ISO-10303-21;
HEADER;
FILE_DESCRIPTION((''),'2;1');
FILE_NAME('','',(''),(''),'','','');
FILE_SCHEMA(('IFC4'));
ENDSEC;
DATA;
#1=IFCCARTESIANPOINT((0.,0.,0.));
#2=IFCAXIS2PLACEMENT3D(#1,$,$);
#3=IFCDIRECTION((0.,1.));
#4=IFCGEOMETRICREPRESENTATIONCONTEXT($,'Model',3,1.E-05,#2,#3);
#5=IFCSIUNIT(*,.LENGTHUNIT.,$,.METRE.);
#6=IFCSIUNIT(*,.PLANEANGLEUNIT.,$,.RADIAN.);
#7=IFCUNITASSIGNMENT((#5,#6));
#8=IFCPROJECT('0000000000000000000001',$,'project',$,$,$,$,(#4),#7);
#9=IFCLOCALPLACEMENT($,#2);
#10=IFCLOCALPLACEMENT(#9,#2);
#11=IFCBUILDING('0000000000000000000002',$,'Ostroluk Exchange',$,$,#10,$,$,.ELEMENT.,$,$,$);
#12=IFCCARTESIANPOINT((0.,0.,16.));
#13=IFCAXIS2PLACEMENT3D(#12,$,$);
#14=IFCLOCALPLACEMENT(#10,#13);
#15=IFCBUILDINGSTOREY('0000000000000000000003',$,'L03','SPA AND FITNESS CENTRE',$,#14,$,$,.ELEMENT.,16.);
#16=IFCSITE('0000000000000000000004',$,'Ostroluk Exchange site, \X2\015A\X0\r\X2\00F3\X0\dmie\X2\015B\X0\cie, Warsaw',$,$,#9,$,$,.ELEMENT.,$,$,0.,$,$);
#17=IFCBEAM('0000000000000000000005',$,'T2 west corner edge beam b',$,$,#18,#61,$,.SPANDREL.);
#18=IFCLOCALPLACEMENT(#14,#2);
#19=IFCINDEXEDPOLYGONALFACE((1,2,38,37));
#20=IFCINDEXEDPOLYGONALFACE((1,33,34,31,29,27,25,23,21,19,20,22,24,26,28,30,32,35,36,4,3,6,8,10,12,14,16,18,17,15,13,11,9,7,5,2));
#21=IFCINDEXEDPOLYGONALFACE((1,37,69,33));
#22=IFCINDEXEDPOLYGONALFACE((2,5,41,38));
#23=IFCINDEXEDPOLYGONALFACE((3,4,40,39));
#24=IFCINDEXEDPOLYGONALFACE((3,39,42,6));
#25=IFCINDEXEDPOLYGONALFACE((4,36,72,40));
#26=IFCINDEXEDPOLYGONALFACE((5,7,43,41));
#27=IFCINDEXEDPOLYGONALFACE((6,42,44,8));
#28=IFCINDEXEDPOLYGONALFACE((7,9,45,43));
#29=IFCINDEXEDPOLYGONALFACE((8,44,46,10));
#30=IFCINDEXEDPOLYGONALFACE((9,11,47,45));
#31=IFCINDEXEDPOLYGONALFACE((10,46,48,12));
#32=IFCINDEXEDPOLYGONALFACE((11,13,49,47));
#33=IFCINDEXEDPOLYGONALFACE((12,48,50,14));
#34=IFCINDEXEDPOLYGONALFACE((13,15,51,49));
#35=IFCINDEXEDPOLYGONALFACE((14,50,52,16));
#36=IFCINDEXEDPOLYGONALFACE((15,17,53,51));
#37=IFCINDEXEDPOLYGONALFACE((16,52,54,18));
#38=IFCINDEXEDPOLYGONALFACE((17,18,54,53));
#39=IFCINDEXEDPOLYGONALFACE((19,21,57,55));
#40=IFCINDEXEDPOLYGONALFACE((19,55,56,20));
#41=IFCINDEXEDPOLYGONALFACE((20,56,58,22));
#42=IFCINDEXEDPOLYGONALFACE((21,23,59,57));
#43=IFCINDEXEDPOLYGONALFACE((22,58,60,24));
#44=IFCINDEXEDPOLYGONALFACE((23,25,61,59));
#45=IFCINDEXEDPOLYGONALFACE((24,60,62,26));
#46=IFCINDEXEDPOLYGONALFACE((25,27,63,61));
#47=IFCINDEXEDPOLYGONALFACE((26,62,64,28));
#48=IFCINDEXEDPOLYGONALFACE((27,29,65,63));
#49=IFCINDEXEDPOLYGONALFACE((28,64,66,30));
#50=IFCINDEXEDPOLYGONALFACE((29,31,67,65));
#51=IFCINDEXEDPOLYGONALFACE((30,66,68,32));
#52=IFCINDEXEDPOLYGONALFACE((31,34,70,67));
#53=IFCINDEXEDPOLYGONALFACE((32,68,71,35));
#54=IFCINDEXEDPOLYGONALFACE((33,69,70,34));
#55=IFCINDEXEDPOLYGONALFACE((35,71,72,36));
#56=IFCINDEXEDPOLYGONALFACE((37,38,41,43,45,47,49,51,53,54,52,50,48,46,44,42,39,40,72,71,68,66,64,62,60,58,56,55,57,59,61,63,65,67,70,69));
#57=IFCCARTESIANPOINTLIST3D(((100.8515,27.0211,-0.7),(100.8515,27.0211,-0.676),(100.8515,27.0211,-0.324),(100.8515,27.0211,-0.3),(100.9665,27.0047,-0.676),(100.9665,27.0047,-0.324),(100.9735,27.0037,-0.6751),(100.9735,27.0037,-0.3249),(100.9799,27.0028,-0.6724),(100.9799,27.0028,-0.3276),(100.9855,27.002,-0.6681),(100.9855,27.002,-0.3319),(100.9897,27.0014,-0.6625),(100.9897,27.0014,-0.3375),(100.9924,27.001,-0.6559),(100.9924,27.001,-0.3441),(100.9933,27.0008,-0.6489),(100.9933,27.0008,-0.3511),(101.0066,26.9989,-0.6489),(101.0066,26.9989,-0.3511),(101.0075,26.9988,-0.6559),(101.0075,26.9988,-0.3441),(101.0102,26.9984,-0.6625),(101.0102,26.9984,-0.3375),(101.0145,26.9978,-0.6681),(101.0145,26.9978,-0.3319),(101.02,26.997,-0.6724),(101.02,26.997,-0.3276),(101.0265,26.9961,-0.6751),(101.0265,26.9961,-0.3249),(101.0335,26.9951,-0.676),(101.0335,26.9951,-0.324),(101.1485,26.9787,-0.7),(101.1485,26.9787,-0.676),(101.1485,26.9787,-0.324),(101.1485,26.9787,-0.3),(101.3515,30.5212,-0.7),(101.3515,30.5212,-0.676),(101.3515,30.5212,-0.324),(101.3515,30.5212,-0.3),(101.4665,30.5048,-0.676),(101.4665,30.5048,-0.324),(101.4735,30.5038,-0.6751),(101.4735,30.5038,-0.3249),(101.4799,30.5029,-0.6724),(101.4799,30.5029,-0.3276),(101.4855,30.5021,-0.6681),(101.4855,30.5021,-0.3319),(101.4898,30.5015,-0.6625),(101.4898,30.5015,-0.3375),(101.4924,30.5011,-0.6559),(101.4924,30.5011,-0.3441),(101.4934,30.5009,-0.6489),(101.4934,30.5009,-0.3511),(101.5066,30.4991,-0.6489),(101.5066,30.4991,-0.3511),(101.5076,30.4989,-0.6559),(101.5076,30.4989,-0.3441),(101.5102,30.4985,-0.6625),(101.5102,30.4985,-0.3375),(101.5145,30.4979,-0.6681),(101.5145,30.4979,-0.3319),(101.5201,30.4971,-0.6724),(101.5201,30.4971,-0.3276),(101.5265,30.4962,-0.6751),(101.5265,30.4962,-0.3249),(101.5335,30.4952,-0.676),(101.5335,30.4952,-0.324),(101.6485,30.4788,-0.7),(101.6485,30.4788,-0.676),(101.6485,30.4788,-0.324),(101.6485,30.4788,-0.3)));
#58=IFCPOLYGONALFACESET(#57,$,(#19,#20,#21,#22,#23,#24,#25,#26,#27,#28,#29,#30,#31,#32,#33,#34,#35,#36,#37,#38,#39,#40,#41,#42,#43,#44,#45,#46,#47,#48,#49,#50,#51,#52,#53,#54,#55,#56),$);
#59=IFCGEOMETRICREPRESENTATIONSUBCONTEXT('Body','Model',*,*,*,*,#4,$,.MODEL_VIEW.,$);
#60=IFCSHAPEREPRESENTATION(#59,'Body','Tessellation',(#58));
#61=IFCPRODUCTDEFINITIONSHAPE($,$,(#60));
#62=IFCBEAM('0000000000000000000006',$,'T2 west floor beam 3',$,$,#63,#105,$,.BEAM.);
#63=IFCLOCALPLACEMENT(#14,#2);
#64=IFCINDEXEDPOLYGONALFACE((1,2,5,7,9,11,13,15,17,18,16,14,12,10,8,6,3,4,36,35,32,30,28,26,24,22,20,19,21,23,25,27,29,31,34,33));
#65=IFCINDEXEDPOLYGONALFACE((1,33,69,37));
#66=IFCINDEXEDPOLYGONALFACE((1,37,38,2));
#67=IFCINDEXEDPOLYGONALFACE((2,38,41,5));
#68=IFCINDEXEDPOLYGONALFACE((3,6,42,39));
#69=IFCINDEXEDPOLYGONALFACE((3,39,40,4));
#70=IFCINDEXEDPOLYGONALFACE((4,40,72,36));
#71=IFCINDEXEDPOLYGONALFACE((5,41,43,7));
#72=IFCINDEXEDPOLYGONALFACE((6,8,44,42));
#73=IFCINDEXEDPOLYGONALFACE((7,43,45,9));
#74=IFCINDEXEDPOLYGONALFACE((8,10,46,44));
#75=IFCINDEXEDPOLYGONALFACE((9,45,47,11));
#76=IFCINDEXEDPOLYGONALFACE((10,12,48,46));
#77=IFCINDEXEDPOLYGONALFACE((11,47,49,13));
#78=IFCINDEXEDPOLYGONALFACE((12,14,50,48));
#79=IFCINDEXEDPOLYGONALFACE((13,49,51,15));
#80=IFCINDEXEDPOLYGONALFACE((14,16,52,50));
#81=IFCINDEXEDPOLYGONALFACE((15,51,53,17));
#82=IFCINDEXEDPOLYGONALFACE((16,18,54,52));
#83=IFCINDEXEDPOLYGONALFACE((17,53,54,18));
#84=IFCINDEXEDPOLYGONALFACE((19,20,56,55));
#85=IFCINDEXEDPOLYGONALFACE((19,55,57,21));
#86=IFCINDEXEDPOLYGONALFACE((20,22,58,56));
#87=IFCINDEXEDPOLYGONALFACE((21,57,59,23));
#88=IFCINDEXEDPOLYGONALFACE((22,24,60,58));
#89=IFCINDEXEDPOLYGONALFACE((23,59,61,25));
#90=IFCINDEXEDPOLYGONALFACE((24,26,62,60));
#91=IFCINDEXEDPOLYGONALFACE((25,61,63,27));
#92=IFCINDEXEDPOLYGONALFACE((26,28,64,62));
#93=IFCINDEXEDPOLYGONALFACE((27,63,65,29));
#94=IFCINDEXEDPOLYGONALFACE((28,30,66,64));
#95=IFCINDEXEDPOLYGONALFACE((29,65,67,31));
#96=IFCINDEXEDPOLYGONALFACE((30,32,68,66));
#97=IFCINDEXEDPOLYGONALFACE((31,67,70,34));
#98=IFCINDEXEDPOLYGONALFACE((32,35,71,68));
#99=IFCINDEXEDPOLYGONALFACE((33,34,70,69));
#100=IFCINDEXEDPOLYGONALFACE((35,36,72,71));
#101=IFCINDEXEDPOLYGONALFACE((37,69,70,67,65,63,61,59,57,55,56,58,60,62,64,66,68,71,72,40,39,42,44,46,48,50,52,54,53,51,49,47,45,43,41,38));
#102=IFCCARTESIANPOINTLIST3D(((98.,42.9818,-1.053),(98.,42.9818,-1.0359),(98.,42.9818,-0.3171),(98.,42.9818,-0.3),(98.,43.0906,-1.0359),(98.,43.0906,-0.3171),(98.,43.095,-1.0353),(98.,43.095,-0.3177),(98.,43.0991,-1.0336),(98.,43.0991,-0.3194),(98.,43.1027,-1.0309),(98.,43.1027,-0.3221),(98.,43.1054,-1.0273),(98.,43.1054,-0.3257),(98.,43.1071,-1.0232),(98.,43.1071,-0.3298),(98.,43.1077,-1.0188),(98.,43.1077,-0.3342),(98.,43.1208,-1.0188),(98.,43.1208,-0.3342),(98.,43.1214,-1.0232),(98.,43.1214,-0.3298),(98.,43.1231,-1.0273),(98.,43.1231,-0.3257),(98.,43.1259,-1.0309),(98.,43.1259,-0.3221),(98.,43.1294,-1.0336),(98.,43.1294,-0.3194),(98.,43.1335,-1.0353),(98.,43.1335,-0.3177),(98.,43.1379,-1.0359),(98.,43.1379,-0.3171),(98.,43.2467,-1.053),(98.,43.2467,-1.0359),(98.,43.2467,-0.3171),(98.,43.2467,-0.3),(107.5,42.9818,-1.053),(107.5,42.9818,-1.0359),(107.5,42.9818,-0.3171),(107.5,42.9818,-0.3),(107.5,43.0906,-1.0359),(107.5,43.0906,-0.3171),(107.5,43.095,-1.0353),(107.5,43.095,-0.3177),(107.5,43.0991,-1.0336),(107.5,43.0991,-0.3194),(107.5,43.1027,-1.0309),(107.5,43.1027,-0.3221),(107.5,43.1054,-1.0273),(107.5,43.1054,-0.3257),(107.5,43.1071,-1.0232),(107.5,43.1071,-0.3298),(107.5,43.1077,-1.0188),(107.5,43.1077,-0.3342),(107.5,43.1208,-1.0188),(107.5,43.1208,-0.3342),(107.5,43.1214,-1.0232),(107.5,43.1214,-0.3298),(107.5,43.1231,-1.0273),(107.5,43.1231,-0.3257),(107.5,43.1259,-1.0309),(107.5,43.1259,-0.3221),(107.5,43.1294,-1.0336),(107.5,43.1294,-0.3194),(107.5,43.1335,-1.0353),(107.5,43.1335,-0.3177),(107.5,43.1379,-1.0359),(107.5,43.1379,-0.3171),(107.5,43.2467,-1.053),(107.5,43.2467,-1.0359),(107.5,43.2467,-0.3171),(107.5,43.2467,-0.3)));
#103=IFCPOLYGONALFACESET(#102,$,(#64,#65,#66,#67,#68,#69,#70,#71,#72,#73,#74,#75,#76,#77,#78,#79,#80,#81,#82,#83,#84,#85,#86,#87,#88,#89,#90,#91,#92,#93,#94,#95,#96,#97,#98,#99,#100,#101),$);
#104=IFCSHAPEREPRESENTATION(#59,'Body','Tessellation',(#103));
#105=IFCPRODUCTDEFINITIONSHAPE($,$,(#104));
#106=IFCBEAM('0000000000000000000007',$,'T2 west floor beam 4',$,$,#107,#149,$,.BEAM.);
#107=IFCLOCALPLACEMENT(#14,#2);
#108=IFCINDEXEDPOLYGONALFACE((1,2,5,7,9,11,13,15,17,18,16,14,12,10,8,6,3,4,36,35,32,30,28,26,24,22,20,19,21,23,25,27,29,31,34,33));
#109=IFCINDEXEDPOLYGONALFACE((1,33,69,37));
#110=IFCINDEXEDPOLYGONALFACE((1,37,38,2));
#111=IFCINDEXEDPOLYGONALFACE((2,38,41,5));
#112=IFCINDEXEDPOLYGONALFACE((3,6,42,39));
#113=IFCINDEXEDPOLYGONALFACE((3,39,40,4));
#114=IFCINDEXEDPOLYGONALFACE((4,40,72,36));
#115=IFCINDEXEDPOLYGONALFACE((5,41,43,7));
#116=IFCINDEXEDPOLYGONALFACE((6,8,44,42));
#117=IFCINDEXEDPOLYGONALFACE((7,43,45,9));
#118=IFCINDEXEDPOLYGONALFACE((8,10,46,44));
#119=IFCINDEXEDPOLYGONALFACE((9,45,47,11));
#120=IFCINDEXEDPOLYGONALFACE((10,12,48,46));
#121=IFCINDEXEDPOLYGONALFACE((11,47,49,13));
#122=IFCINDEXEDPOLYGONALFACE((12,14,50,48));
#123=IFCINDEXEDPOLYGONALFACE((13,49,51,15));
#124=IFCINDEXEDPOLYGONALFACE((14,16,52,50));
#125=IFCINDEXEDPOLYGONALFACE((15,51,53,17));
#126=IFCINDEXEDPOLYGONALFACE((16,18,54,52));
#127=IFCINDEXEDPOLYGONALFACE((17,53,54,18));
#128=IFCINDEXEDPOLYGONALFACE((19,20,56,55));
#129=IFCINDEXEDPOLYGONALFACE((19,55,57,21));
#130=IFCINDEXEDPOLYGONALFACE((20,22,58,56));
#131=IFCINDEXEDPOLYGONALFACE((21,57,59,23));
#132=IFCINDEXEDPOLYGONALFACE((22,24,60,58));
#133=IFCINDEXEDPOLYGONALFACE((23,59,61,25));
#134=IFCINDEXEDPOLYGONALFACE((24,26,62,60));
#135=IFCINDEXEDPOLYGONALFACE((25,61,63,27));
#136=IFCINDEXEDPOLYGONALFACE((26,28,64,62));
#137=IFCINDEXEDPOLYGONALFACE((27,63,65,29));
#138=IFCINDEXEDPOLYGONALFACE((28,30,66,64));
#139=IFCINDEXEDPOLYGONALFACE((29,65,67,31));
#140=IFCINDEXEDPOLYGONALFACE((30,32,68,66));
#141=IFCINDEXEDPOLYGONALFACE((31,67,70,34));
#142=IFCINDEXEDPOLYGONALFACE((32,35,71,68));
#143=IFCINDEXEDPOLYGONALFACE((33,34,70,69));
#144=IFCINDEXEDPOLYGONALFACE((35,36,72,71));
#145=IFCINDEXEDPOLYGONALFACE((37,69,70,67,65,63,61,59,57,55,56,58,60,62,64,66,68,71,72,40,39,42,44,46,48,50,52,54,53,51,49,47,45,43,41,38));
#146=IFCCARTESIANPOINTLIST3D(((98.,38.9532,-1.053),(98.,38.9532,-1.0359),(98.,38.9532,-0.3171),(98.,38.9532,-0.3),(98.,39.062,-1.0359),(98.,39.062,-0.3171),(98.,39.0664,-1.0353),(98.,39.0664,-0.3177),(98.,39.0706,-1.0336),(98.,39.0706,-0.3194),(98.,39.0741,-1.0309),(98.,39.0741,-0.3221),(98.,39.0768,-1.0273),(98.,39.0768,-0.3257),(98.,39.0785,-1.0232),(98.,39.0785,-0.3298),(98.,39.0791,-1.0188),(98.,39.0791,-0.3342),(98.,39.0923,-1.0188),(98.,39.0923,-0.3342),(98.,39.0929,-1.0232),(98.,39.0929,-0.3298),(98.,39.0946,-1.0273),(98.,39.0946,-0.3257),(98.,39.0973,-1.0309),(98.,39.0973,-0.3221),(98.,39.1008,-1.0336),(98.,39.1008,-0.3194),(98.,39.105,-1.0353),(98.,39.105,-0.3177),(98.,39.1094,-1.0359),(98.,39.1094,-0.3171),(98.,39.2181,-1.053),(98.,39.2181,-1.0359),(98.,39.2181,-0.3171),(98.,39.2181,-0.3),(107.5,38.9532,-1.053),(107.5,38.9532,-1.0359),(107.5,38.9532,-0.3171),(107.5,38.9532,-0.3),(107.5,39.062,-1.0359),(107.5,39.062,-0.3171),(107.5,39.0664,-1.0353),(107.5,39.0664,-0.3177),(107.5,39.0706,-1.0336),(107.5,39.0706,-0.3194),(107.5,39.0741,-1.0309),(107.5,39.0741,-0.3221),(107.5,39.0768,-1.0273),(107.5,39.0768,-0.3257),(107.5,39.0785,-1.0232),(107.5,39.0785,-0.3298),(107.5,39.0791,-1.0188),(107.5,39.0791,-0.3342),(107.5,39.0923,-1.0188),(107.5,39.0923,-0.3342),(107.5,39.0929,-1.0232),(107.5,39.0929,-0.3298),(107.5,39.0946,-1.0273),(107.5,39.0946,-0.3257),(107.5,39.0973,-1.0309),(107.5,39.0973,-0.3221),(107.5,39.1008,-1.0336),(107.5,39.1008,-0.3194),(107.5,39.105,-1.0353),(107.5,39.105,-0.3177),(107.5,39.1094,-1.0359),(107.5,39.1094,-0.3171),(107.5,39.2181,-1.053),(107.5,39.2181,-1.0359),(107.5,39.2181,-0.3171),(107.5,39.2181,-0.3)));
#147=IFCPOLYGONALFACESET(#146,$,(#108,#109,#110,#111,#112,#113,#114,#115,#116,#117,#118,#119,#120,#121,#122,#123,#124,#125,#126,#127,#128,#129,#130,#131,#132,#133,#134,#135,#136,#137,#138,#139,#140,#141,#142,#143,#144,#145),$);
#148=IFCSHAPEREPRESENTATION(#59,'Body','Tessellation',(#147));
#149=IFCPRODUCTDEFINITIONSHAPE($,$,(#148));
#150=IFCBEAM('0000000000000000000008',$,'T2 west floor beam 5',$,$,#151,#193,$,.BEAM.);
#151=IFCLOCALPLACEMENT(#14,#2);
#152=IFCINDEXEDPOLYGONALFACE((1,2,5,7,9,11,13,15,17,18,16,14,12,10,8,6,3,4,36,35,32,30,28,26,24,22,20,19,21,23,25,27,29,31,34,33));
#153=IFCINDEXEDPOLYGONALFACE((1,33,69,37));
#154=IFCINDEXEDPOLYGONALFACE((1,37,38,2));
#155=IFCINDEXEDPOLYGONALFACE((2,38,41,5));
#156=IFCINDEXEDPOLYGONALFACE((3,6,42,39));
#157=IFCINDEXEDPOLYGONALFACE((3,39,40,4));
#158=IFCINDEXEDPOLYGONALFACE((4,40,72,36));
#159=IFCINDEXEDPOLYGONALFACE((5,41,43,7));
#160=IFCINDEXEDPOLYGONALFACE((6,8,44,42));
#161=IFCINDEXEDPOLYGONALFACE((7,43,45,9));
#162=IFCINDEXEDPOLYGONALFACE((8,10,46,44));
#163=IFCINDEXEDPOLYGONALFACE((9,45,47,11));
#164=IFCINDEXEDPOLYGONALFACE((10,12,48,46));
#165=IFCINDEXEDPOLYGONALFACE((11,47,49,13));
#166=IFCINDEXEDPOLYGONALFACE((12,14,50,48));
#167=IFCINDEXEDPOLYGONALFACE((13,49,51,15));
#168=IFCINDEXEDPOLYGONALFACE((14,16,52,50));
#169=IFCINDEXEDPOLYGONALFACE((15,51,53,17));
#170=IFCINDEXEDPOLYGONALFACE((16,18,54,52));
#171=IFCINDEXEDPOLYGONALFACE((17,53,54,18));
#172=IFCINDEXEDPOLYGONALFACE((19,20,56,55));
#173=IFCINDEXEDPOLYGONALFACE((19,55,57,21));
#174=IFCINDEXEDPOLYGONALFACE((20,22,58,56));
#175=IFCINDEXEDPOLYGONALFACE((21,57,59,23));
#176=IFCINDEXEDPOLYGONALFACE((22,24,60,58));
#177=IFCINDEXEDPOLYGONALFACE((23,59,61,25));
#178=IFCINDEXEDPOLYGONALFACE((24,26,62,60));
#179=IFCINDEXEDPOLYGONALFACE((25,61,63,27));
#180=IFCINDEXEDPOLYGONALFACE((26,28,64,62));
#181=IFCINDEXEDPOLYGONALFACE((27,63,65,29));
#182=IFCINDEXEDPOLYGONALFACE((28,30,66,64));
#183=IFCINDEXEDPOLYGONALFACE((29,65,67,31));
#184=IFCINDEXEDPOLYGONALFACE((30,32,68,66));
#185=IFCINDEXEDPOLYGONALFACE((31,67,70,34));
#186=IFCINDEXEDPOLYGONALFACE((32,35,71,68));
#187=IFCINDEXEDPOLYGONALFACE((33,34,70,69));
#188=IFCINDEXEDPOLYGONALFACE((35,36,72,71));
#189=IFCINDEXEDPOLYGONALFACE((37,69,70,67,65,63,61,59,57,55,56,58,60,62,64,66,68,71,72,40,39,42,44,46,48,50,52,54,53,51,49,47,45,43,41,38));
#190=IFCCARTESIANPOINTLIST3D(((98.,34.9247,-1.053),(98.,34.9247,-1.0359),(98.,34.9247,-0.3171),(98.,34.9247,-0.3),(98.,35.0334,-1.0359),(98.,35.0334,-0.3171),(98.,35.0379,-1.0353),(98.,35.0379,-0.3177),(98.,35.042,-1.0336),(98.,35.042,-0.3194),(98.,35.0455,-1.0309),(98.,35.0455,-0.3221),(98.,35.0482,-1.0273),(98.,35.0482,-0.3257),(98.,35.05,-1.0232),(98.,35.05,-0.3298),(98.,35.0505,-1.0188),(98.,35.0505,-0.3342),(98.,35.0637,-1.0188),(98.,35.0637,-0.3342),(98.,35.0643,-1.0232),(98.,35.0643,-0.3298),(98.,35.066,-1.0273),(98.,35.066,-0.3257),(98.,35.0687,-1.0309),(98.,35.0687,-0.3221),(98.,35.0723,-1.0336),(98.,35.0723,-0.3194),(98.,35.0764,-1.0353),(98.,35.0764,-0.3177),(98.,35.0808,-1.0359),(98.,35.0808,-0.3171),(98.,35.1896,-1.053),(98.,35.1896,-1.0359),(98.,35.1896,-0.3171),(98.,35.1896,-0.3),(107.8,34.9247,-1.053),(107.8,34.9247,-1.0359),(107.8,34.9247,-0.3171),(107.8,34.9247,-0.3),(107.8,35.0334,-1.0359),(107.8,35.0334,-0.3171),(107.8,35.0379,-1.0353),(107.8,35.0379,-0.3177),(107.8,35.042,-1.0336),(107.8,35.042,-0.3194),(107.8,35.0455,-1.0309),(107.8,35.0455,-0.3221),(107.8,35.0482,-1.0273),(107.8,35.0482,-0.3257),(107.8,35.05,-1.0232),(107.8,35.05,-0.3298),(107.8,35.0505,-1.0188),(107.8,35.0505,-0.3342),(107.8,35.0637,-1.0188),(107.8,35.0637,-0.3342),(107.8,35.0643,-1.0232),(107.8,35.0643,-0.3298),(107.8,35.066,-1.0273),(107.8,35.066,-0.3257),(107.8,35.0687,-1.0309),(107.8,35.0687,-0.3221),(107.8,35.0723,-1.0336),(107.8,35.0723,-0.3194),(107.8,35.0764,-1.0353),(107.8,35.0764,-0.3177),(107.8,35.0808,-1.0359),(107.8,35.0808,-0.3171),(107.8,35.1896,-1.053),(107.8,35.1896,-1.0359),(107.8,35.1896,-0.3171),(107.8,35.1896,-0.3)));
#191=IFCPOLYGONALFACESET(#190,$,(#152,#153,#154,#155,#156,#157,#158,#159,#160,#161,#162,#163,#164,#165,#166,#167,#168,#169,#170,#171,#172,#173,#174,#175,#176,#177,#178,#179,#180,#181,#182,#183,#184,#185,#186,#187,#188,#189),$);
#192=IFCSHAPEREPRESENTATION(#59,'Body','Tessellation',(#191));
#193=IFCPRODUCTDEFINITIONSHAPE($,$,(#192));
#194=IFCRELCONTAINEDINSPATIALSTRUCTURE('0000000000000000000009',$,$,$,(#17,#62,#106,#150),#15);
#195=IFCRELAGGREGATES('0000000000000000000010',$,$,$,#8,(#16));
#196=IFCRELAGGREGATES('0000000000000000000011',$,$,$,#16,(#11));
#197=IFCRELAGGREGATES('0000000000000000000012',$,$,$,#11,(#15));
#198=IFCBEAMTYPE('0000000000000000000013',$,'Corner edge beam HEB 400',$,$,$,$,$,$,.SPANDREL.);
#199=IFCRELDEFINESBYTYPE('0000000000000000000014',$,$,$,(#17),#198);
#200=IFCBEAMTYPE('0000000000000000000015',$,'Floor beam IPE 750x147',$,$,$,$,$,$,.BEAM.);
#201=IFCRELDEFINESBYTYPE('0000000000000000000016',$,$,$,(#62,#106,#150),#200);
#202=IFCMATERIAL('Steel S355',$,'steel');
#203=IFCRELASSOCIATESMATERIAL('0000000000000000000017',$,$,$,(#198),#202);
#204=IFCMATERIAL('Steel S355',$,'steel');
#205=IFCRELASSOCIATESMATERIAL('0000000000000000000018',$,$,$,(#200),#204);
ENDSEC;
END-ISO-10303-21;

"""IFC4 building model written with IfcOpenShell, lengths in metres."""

from ifc_helpers import new_model, si_unit, direction, frame, origin, origin_2d, place, context, subcontext, project, spatial, i_section, extrude, material, material_profile, profile_set, type_object, element, save


model = new_model("IFC4")

# Units and contexts
model_context = context("Model", 3, precision=1e-05, world=origin(), true_north=direction((0.0, 1.0)))
body_context = subcontext(model_context, "Body", "Model", "MODEL_VIEW")
ifc_project = project(units=[si_unit("LENGTHUNIT", "METRE"), si_unit("PLANEANGLEUNIT", "RADIAN")], contexts=[model_context])

# Site, building, storey
site_placement = place(None, origin())
site = spatial("IfcSite", under=ifc_project, at=site_placement, Name="Ostroluk Exchange site, Śródmieście, Warsaw", CompositionType="ELEMENT", RefElevation=0.0)
building_placement = place(site_placement, origin())
building = spatial("IfcBuilding", under=site, at=building_placement, Name="Ostroluk Exchange", CompositionType="ELEMENT")
storey_placement = place(building_placement, frame((0.0, 0.0, 16.0)))
storey = spatial("IfcBuildingStorey", under=building, at=storey_placement, Name="L03", Description="SPA AND FITNESS CENTRE", CompositionType="ELEMENT", Elevation=16.0)

# Beams
ifc_material_1 = material(Name="Steel S355", Category="steel")
ifc_material_profile_1 = material_profile(ifc_material_1, i_section(OverallWidth=0.3, OverallDepth=0.3999, WebThickness=0.0134, FlangeThickness=0.0239, FilletRadius=0.0271, at=origin_2d()), Name="HEB 400")
ifc_profile_set_1 = profile_set([ifc_material_profile_1], Name="Steel S355")
beam_type_1 = type_object("IfcBeamType", Name="Corner edge beam HEB 400", PredefinedType="SPANDREL", material=ifc_profile_set_1)
for number, where, z_axis, x_axis, name in (
    (1, (101.5, 30.5, -0.5), (-0.141421, -0.989949, 0.0), (0.989949, -0.141421, 0.0), "T2 west corner edge beam b"),
):
    element("IfcBeam", number, at=place(storey_placement, frame(where, z_axis=z_axis, x_axis=x_axis)), inside=storey, type_object=beam_type_1, Name=name, PredefinedType="SPANDREL", context=body_context, shape_type="SweptSolid", body=[
        extrude(i_section(OverallWidth=0.3, OverallDepth=0.3999, WebThickness=0.0134, FlangeThickness=0.0239, FilletRadius=0.0271, at=origin_2d()), origin(), (0.0, 0.0, 1.0), 3.5356),
    ])
ifc_material_2 = material(Name="Steel S355", Category="steel")
ifc_material_profile_2 = material_profile(ifc_material_2, i_section(OverallWidth=0.2649, OverallDepth=0.7529, WebThickness=0.0132, FlangeThickness=0.0171, FilletRadius=0.0171, at=origin_2d()), Name="IPE 750x147")
ifc_profile_set_2 = profile_set([ifc_material_profile_2], Name="Steel S355")
beam_type_2 = type_object("IfcBeamType", Name="Floor beam IPE 750x147", PredefinedType="BEAM", material=ifc_profile_set_2)
for number, where, z_axis, x_axis, name in (
    (2, (107.5, 43.1143, -0.6765), (-1.0, 0.0, 0.0), (0.0, -1.0, 0.0), "T2 west floor beam 3"),
    (3, (107.5, 39.0857, -0.6765), (-1.0, 0.0, 0.0), (0.0, -1.0, 0.0), "T2 west floor beam 4"),
):
    element("IfcBeam", number, at=place(storey_placement, frame(where, z_axis=z_axis, x_axis=x_axis)), inside=storey, type_object=beam_type_2, Name=name, PredefinedType="BEAM", context=body_context, shape_type="SweptSolid", body=[
        extrude(i_section(OverallWidth=0.2649, OverallDepth=0.7529, WebThickness=0.0132, FlangeThickness=0.0171, FilletRadius=0.0171, at=origin_2d()), origin(), (0.0, 0.0, 1.0), 9.5),
    ])
beam_1_placement = place(storey_placement, frame((107.8, 35.0571, -0.6765), z_axis=(-1.0, 0.0, 0.0), x_axis=(0.0, -1.0, 0.0)))
element("IfcBeam", 4, at=beam_1_placement, inside=storey, type_object=beam_type_2, Name="T2 west floor beam 5", PredefinedType="BEAM", context=body_context, shape_type="SweptSolid", body=[
    extrude(i_section(OverallWidth=0.2649, OverallDepth=0.7529, WebThickness=0.0132, FlangeThickness=0.0171, FilletRadius=0.0171, at=origin_2d()), origin(), (0.0, 0.0, 1.0), 9.8),
])

save(model, "model.ifc")
